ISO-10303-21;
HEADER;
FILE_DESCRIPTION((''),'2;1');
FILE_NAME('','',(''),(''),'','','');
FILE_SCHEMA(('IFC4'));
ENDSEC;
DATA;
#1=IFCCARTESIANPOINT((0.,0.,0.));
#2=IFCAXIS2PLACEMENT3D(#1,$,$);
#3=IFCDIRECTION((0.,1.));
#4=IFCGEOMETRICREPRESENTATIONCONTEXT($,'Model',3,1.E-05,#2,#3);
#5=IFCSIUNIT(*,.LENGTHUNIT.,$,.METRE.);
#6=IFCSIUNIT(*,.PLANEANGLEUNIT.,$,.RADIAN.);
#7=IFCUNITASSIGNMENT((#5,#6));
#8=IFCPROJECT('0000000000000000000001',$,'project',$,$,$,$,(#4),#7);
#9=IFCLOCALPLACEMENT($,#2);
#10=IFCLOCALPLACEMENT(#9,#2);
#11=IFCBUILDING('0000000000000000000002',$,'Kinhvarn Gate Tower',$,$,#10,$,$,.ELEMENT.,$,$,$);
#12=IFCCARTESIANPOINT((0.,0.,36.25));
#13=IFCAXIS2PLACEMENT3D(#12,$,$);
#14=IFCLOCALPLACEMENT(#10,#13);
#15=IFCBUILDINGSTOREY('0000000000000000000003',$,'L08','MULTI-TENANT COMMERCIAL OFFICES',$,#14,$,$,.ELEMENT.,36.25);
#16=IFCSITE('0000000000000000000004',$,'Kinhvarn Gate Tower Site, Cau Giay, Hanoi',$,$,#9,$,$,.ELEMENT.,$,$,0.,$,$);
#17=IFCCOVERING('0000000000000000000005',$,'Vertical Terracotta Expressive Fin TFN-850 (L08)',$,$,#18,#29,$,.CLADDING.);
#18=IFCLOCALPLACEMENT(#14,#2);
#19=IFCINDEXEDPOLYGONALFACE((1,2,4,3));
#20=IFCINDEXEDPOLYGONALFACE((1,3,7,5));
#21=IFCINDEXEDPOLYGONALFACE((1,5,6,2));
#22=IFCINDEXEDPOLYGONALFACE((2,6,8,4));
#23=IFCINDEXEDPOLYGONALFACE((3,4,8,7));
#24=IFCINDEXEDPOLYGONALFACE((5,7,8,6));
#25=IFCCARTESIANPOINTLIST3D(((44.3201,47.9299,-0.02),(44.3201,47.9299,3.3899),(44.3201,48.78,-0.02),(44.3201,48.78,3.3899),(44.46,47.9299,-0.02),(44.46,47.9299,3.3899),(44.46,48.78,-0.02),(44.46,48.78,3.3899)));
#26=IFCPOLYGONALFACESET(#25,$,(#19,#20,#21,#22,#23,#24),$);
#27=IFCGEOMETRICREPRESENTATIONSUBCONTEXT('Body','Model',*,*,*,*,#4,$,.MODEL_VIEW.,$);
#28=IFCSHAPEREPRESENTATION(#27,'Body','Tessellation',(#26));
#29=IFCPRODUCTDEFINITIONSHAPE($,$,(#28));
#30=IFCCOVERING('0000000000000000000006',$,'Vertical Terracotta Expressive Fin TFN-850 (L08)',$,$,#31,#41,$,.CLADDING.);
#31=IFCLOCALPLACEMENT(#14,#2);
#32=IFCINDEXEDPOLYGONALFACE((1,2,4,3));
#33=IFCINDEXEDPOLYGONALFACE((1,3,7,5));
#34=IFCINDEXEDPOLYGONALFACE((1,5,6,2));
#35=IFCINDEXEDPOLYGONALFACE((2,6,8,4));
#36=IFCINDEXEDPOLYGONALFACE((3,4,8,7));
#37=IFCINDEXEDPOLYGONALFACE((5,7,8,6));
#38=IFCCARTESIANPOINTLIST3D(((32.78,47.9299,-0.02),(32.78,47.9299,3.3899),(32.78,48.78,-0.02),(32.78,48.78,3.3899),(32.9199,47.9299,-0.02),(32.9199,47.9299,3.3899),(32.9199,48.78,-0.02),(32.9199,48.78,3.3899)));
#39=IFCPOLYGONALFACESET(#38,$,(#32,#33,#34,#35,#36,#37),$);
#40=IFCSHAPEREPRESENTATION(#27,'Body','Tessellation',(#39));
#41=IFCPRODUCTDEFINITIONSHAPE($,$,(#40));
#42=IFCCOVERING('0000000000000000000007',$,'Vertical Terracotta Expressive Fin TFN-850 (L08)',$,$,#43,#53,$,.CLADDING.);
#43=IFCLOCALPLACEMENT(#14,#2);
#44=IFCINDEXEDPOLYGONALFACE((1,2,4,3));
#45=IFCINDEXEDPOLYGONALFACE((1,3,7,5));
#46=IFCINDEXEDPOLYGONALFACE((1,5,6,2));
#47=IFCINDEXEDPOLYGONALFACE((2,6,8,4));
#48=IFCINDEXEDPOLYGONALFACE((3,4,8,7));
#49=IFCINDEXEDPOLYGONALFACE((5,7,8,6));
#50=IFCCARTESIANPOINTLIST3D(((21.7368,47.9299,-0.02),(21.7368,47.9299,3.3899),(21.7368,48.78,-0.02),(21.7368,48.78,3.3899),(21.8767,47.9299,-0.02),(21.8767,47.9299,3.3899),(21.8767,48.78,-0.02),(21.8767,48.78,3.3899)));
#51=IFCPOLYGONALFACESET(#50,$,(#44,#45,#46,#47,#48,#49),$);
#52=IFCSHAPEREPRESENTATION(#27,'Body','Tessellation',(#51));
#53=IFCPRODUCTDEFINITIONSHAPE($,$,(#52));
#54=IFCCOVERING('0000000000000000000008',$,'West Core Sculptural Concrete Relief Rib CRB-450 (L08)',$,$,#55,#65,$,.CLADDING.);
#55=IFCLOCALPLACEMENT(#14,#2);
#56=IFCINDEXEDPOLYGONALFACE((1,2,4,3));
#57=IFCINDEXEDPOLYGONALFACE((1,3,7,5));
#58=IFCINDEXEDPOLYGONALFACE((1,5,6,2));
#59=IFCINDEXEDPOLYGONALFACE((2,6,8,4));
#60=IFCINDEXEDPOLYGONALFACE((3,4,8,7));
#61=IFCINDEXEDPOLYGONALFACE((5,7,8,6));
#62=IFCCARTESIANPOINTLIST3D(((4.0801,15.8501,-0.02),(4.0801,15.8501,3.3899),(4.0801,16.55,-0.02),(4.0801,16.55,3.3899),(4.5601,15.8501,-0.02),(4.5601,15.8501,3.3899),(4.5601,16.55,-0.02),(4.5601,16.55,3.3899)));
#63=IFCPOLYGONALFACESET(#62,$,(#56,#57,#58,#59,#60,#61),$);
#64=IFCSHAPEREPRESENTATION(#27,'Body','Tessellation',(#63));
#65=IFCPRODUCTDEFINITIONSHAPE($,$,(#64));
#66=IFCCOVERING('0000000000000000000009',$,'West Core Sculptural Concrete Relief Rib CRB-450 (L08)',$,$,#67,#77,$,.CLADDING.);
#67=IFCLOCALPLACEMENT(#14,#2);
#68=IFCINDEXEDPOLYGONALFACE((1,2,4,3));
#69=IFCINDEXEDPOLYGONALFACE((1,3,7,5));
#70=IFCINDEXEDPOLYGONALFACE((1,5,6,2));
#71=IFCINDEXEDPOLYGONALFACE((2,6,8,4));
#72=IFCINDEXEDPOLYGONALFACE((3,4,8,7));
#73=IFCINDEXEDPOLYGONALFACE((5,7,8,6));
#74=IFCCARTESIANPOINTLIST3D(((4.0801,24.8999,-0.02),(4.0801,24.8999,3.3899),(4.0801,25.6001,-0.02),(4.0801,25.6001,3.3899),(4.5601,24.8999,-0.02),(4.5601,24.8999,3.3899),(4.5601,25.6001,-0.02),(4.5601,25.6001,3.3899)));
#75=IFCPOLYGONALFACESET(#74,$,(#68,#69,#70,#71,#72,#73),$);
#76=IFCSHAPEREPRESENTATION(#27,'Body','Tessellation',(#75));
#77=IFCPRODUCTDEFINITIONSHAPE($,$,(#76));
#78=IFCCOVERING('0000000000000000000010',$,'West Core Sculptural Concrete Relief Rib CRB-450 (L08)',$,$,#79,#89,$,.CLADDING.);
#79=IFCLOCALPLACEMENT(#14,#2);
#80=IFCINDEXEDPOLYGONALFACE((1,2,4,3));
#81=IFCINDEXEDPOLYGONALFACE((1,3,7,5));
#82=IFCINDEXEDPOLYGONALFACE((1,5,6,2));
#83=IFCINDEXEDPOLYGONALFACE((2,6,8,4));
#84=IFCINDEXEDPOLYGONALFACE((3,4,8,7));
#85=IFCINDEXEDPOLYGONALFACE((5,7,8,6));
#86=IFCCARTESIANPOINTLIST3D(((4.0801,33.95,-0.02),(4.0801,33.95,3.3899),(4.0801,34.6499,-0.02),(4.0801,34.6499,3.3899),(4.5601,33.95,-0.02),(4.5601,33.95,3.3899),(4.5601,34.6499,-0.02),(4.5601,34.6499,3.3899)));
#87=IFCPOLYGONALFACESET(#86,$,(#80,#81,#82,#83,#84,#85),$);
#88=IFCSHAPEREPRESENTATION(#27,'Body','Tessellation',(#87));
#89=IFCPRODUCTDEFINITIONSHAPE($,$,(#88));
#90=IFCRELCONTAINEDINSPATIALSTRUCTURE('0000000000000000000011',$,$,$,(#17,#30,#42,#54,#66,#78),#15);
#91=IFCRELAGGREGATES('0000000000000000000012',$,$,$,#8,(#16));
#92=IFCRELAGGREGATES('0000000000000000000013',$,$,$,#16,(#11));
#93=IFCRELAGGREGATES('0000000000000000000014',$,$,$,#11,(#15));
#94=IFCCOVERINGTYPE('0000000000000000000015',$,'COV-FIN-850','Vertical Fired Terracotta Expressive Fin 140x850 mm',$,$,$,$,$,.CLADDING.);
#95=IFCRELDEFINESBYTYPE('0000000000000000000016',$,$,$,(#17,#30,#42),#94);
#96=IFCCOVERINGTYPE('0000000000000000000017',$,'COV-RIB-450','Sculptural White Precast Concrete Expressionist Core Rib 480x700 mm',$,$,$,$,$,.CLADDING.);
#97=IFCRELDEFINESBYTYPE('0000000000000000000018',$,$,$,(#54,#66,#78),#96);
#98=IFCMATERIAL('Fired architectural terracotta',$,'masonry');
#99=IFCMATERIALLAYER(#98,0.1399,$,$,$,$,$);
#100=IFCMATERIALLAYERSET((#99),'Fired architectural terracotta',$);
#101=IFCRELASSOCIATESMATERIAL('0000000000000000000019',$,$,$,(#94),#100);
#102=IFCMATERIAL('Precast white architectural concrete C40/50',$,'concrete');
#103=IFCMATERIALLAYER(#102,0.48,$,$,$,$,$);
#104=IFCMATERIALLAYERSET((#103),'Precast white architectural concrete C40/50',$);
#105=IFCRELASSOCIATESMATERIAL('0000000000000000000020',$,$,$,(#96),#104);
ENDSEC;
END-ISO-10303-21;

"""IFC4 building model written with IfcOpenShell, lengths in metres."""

from ifc_helpers import new_model, si_unit, direction, frame, origin, place, context, subcontext, project, spatial, polyline, outline, extrude, material, layer, layer_set, type_object, element, save


model = new_model("IFC4")

# Units and contexts
model_context = context("Model", 3, precision=1e-05, world=origin(), true_north=direction((0.0, 1.0)))
body_context = subcontext(model_context, "Body", "Model", "MODEL_VIEW")
ifc_project = project(units=[si_unit("LENGTHUNIT", "METRE"), si_unit("PLANEANGLEUNIT", "RADIAN")], contexts=[model_context])

# Site, building, storey
site_placement = place(None, origin())
site = spatial("IfcSite", under=ifc_project, at=site_placement, Name="Kinhvarn Gate Tower Site, Cau Giay, Hanoi", CompositionType="ELEMENT", RefElevation=0.0)
building_placement = place(site_placement, origin())
building = spatial("IfcBuilding", under=site, at=building_placement, Name="Kinhvarn Gate Tower", CompositionType="ELEMENT")
storey_placement = place(building_placement, frame((0.0, 0.0, 36.25)))
storey = spatial("IfcBuildingStorey", under=building, at=storey_placement, Name="L08", Description="MULTI-TENANT COMMERCIAL OFFICES", CompositionType="ELEMENT", Elevation=36.25)

# Shared definitions
ifc_material_1 = material(Name="Precast white architectural concrete C40/50", Category="concrete")

# Coverings
ifc_material_2 = material(Name="Fired architectural terracotta", Category="masonry")
ifc_layer_1 = layer(ifc_material_2, 0.1399)
ifc_layer_set_1 = layer_set([ifc_layer_1], Name="Fired architectural terracotta")
covering_type_1 = type_object("IfcCoveringType", Name="COV-FIN-850", Description="Vertical Fired Terracotta Expressive Fin 140x850 mm", PredefinedType="CLADDING", material=ifc_layer_set_1)
covering_1_placement = place(storey_placement, frame((0.0, 0.0, -0.02)))
element("IfcCovering", 1, at=covering_1_placement, inside=storey, type_object=covering_type_1, Name="Vertical Terracotta Expressive Fin TFN-850 (L08)", PredefinedType="CLADDING", context=body_context, shape_type="SweptSolid", body=[
    extrude(outline(polyline([(44.46, 47.9299), (44.3201, 47.9299), (44.3201, 48.78), (44.46, 48.78), (44.46, 47.9299)])), origin(), (0.0, 0.0, 1.0), 3.4099),
])
covering_2_placement = place(storey_placement, frame((0.0, 0.0, -0.02)))
element("IfcCovering", 2, at=covering_2_placement, inside=storey, type_object=covering_type_1, Name="Vertical Terracotta Expressive Fin TFN-850 (L08)", PredefinedType="CLADDING", context=body_context, shape_type="SweptSolid", body=[
    extrude(outline(polyline([(32.9199, 47.9299), (32.78, 47.9299), (32.78, 48.78), (32.9199, 48.78), (32.9199, 47.9299)])), origin(), (0.0, 0.0, 1.0), 3.4099),
])
covering_3_placement = place(storey_placement, frame((0.0, 0.0, -0.02)))
element("IfcCovering", 3, at=covering_3_placement, inside=storey, type_object=covering_type_1, Name="Vertical Terracotta Expressive Fin TFN-850 (L08)", PredefinedType="CLADDING", context=body_context, shape_type="SweptSolid", body=[
    extrude(outline(polyline([(21.8767, 47.9299), (21.7368, 47.9299), (21.7368, 48.78), (21.8767, 48.78), (21.8767, 47.9299)])), origin(), (0.0, 0.0, 1.0), 3.4099),
])
ifc_layer_2 = layer(ifc_material_1, 0.48)
ifc_layer_set_2 = layer_set([ifc_layer_2], Name="Precast white architectural concrete C40/50")
covering_type_2 = type_object("IfcCoveringType", Name="COV-RIB-450", Description="Sculptural White Precast Concrete Expressionist Core Rib 480x700 mm", PredefinedType="CLADDING", material=ifc_layer_set_2)
covering_4_placement = place(storey_placement, frame((0.0, 0.0, -0.02)))
element("IfcCovering", 4, at=covering_4_placement, inside=storey, type_object=covering_type_2, Name="West Core Sculptural Concrete Relief Rib CRB-450 (L08)", PredefinedType="CLADDING", context=body_context, shape_type="SweptSolid", body=[
    extrude(outline(polyline([(4.0801, 15.8501), (4.5601, 15.8501), (4.5601, 16.55), (4.0801, 16.55), (4.0801, 15.8501)])), origin(), (0.0, 0.0, 1.0), 3.4099),
])
covering_5_placement = place(storey_placement, frame((0.0, 0.0, -0.02)))
element("IfcCovering", 5, at=covering_5_placement, inside=storey, type_object=covering_type_2, Name="West Core Sculptural Concrete Relief Rib CRB-450 (L08)", PredefinedType="CLADDING", context=body_context, shape_type="SweptSolid", body=[
    extrude(outline(polyline([(4.0801, 24.8999), (4.5601, 24.8999), (4.5601, 25.6001), (4.0801, 25.6001), (4.0801, 24.8999)])), origin(), (0.0, 0.0, 1.0), 3.4099),
])
covering_6_placement = place(storey_placement, frame((0.0, 0.0, -0.02)))
element("IfcCovering", 6, at=covering_6_placement, inside=storey, type_object=covering_type_2, Name="West Core Sculptural Concrete Relief Rib CRB-450 (L08)", PredefinedType="CLADDING", context=body_context, shape_type="SweptSolid", body=[
    extrude(outline(polyline([(4.0801, 33.95), (4.5601, 33.95), (4.5601, 34.6499), (4.0801, 34.6499), (4.0801, 33.95)])), origin(), (0.0, 0.0, 1.0), 3.4099),
])

save(model, "model.ifc")
